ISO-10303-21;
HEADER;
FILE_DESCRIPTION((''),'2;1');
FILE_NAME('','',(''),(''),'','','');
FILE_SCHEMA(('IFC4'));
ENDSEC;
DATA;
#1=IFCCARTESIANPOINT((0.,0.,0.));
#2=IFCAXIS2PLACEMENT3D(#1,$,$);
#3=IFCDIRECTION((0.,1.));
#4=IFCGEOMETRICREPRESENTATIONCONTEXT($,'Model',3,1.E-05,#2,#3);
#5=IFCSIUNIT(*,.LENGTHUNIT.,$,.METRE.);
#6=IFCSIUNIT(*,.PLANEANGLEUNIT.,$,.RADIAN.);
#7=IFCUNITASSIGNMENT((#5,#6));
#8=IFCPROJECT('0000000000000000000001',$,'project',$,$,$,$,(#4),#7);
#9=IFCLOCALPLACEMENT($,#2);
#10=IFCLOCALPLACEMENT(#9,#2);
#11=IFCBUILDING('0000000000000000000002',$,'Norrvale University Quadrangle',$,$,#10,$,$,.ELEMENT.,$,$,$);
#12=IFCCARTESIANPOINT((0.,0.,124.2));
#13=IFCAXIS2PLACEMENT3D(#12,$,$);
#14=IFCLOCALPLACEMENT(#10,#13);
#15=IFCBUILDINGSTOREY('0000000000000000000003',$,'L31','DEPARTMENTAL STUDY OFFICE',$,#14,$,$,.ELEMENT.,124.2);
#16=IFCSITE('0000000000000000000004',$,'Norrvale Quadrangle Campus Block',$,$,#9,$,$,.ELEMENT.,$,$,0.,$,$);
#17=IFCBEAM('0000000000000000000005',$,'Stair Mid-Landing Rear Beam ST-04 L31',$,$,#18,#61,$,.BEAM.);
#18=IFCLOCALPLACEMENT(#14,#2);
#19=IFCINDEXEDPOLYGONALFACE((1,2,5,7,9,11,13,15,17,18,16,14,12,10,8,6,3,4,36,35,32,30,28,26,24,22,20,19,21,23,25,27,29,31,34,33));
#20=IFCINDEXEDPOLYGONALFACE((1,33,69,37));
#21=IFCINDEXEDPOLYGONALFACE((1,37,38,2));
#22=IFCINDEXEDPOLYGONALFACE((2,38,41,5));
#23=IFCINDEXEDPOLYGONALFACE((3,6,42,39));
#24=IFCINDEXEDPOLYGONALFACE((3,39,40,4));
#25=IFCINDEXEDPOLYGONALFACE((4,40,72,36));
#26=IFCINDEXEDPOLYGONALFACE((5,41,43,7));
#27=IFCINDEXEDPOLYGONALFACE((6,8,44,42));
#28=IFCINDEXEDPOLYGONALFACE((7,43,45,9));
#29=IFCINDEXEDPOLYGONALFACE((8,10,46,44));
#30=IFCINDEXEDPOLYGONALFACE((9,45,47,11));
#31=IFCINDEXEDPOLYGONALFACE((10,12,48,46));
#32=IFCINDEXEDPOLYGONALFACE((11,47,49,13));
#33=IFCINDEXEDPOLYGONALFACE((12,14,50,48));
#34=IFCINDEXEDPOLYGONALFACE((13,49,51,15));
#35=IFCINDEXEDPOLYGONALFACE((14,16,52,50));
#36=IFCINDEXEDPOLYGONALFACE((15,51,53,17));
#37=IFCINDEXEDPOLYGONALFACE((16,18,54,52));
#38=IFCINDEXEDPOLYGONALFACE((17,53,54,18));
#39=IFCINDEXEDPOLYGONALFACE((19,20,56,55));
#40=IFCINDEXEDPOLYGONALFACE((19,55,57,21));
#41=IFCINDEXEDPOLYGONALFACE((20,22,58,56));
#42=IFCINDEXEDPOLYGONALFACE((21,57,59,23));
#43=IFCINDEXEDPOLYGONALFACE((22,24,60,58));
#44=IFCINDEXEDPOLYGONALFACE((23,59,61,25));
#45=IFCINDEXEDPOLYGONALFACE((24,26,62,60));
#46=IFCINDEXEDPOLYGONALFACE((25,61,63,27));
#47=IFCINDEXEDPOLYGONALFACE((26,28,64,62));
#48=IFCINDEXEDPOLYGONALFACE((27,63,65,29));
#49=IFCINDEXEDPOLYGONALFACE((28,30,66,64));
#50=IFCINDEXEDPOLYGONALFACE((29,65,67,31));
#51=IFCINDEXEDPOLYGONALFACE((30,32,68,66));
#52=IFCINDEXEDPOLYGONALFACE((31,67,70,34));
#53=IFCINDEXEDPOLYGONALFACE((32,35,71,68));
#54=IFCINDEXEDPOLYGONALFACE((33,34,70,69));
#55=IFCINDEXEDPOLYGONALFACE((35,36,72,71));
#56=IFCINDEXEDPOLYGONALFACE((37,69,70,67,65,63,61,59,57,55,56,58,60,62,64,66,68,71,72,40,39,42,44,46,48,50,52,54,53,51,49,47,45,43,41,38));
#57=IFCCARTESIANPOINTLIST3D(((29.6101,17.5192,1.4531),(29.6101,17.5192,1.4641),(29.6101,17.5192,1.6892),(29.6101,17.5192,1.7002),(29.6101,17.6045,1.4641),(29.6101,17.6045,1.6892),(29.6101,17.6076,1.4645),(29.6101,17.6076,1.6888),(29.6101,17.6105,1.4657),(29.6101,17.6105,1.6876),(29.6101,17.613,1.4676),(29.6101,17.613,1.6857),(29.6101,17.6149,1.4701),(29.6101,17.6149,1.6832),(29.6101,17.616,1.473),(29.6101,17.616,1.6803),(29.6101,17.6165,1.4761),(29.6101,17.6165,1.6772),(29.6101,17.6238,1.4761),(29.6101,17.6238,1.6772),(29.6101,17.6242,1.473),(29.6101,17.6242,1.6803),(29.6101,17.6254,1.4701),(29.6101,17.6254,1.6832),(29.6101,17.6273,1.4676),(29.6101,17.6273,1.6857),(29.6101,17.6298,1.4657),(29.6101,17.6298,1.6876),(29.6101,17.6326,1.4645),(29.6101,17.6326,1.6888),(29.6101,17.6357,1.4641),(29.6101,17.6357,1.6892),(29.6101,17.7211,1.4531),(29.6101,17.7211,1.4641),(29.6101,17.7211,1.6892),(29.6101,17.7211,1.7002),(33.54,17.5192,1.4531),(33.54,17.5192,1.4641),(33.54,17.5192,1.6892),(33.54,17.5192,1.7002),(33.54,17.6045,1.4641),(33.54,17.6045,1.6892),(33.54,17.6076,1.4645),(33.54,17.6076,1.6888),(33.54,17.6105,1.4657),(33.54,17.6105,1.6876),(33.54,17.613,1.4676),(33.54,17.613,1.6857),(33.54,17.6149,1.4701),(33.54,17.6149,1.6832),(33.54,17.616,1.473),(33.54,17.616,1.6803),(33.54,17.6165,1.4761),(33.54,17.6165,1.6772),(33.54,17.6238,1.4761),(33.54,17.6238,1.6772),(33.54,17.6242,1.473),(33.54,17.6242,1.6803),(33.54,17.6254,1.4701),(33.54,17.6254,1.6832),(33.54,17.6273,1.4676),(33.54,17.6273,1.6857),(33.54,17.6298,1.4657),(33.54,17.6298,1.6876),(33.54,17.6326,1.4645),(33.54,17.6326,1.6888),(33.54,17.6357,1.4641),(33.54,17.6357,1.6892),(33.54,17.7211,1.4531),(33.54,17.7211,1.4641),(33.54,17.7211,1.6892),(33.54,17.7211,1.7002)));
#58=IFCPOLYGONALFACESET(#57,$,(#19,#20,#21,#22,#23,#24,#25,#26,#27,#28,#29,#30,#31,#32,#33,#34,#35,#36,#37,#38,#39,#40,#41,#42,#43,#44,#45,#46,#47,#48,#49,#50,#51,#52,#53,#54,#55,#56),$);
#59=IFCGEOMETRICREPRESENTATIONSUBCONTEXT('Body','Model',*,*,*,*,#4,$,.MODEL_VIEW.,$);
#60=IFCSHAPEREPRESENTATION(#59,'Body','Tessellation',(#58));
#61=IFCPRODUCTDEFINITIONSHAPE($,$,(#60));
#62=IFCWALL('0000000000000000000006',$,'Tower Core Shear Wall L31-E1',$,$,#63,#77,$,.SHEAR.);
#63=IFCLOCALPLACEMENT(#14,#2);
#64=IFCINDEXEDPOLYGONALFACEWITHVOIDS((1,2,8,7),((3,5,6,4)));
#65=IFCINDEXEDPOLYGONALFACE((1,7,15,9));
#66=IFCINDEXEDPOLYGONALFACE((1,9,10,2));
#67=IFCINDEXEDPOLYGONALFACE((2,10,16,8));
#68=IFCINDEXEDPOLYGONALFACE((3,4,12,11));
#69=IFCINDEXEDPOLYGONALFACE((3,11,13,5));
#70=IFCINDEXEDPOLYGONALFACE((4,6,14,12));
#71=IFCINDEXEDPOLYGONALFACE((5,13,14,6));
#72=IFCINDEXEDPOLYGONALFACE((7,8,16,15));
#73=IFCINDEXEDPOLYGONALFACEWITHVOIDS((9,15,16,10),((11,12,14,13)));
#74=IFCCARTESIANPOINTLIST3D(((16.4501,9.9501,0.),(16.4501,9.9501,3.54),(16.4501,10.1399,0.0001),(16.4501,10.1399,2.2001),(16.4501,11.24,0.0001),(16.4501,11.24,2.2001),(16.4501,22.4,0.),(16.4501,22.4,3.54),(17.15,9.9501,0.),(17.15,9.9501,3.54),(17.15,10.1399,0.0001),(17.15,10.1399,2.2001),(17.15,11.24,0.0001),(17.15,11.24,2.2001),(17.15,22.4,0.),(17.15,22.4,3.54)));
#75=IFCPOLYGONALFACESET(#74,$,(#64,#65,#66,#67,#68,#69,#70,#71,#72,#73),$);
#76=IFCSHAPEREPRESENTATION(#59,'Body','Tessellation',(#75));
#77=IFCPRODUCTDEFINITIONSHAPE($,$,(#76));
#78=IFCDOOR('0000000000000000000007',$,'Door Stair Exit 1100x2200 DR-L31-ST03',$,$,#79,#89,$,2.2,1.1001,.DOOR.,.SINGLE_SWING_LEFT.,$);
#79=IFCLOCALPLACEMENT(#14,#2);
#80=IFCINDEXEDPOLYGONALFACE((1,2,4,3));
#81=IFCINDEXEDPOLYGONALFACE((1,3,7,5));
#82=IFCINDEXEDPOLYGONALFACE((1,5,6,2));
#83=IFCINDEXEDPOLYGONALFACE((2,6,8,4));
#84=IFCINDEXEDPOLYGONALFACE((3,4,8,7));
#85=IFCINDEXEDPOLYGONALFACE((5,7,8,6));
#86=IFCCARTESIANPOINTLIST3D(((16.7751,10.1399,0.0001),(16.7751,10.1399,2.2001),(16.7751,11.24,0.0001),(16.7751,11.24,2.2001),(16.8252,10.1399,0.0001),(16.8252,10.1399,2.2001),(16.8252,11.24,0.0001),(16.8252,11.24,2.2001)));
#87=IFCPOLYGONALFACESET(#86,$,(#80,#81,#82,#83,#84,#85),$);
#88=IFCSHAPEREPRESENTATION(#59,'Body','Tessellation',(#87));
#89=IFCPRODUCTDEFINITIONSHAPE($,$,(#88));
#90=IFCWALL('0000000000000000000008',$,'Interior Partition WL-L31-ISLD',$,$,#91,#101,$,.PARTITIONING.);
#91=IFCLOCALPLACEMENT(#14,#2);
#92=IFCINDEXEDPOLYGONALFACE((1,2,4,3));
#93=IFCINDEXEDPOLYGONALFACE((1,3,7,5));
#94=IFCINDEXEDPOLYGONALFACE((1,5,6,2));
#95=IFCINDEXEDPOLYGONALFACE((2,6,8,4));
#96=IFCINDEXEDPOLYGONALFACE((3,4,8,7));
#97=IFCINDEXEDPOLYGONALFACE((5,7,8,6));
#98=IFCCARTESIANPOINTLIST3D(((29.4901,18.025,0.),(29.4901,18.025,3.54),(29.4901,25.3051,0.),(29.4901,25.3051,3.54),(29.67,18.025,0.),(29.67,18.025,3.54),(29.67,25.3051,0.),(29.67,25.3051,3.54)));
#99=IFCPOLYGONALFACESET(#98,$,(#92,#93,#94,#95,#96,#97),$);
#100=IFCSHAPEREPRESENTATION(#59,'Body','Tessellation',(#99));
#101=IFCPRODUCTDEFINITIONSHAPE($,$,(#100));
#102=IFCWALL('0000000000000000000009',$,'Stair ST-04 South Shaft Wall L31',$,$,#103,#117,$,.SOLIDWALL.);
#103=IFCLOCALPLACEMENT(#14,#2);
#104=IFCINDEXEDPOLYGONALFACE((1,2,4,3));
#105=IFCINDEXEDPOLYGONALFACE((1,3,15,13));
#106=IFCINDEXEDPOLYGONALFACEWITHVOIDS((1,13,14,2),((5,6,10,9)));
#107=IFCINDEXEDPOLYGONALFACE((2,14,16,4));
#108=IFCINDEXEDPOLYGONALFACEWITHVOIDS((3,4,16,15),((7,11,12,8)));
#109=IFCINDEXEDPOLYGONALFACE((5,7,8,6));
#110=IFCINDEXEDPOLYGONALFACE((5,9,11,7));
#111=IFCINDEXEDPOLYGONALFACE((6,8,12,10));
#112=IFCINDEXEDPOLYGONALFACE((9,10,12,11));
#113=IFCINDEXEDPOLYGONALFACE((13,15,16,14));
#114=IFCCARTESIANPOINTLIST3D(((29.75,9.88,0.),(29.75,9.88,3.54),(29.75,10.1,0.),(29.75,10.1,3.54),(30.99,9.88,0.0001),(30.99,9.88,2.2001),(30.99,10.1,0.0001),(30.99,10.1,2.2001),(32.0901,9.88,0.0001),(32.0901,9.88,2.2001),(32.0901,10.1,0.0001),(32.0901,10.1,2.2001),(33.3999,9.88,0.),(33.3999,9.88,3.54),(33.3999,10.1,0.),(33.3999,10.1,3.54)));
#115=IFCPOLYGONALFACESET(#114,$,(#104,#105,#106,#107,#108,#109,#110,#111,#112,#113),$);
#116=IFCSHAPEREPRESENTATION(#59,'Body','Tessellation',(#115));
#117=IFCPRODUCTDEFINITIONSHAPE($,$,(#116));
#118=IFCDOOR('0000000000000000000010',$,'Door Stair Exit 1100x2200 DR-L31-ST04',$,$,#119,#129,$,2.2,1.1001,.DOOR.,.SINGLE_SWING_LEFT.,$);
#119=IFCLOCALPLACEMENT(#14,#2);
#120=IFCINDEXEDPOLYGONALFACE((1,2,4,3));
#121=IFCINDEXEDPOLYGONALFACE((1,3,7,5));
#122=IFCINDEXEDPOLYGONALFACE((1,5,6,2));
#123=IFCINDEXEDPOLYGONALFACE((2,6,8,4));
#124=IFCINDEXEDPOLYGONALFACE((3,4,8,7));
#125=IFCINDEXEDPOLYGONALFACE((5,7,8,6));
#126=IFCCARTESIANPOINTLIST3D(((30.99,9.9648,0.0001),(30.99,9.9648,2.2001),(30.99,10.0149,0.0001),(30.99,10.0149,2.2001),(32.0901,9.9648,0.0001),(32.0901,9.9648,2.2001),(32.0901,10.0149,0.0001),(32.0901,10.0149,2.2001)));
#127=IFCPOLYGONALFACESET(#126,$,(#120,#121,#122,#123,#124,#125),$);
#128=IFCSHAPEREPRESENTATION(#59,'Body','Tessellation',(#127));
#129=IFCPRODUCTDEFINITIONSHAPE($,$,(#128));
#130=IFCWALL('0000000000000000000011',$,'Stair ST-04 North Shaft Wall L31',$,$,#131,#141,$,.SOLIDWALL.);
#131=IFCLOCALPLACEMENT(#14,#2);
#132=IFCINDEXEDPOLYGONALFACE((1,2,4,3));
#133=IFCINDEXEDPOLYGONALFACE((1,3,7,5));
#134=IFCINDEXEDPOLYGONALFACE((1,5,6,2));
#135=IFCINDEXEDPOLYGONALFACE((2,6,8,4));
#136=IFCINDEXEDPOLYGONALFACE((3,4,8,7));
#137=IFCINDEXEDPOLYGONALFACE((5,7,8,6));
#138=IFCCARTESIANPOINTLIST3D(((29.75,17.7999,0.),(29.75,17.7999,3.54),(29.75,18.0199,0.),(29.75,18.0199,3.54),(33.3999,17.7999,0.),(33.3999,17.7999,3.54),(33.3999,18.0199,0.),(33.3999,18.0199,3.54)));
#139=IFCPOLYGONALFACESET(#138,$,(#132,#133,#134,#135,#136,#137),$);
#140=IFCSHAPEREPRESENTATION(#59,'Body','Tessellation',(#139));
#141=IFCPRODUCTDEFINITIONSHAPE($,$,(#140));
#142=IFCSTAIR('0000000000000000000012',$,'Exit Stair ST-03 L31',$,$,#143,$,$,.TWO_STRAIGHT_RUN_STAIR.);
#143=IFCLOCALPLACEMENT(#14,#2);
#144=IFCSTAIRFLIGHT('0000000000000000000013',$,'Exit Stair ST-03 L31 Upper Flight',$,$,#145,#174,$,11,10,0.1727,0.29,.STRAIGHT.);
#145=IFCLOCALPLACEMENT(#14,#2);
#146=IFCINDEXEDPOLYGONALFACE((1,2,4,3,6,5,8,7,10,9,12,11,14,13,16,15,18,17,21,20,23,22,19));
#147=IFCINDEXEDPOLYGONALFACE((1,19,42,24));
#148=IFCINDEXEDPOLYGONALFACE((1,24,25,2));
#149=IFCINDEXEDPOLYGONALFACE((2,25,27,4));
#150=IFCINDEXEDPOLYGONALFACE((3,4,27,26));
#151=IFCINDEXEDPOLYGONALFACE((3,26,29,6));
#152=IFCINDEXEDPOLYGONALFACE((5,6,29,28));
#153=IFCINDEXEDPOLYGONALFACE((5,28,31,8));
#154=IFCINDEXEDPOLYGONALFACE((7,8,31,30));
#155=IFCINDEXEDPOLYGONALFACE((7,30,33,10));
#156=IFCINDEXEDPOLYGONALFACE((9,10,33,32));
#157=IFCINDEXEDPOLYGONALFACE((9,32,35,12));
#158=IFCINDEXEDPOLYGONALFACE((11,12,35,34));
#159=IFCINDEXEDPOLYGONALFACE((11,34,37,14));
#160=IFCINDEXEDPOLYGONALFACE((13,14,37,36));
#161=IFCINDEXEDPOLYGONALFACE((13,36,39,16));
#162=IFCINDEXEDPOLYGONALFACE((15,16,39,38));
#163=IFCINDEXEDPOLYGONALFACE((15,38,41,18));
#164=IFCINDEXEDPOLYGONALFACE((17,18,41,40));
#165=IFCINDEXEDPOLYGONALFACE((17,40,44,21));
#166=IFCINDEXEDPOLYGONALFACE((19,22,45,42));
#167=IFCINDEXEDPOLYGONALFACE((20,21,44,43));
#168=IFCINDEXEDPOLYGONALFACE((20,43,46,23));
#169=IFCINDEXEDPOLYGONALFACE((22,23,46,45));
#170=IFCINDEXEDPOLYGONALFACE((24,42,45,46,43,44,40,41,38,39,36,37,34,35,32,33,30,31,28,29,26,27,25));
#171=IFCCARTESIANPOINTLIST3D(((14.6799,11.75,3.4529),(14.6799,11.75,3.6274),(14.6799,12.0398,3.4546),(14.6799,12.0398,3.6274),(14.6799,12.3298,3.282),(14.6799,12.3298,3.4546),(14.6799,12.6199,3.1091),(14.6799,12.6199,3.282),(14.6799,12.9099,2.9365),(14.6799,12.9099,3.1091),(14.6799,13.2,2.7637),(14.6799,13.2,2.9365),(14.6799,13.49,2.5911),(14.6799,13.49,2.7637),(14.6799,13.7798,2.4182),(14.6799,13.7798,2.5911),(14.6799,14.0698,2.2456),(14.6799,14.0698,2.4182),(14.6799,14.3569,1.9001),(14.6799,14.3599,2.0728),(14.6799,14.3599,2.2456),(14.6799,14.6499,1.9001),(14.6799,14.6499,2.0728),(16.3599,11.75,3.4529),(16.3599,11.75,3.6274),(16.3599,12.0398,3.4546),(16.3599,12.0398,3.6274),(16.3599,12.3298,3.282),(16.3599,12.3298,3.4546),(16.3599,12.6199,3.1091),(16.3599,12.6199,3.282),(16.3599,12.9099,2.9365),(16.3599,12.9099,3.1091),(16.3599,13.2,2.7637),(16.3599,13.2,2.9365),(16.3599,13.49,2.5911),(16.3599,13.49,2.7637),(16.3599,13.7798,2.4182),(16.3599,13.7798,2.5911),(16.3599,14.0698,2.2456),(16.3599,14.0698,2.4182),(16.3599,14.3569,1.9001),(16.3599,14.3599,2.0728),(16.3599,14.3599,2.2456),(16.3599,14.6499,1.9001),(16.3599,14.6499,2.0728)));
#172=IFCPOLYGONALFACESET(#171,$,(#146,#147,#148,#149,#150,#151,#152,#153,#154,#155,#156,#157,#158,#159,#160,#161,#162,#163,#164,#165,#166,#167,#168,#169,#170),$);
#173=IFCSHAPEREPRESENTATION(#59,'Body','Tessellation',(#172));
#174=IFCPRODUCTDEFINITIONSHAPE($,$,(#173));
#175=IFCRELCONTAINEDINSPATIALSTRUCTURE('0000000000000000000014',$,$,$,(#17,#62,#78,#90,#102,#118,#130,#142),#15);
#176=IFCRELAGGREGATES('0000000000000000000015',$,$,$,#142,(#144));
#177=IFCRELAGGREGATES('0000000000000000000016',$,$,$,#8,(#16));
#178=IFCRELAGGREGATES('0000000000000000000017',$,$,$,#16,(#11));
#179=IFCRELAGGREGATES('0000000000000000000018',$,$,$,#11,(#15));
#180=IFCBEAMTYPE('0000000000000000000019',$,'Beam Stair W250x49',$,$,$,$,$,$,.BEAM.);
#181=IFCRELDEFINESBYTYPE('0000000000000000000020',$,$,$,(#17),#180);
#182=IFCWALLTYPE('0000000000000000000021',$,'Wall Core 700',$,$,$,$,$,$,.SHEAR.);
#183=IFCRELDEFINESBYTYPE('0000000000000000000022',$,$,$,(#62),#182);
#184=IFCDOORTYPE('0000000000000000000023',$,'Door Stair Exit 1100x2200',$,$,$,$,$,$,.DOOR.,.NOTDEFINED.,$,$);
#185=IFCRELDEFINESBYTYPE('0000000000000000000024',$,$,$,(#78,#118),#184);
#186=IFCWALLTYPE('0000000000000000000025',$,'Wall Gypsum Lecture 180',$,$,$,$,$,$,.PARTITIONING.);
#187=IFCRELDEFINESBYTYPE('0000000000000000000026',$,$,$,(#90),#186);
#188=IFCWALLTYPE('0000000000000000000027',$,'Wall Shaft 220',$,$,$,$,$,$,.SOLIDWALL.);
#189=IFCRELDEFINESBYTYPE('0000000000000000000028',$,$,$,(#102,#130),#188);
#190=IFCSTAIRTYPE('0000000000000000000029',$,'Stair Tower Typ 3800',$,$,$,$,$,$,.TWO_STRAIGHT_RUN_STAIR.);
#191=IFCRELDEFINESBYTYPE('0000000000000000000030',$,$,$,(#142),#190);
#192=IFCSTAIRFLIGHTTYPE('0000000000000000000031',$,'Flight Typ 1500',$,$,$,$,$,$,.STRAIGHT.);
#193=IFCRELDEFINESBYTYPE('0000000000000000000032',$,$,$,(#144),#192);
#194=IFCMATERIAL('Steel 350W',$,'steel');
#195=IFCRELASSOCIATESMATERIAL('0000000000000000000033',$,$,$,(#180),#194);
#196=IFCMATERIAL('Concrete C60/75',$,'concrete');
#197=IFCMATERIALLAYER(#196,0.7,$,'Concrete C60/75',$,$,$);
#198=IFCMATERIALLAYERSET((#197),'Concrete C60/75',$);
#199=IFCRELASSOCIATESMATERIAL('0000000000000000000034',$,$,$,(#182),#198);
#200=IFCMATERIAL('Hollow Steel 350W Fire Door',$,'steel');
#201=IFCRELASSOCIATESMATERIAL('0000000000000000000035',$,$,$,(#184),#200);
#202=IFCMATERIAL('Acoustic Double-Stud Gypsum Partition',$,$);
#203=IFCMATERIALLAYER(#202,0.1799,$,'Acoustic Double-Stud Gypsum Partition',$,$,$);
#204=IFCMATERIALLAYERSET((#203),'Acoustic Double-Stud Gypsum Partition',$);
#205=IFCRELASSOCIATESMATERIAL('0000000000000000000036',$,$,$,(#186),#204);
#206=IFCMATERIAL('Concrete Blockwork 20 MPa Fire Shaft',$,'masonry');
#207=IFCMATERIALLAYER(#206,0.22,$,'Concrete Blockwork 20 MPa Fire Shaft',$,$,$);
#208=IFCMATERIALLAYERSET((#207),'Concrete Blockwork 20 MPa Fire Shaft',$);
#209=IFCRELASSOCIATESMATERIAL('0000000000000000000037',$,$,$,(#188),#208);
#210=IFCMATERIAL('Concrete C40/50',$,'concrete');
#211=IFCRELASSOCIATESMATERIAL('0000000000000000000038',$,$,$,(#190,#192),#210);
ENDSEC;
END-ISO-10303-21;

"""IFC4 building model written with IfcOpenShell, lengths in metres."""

from ifc_helpers import new_model, si_unit, direction, frame, frame_2d, origin, origin_2d, place, context, subcontext, project, spatial, polyline, rectangle, i_section, outline, extrude, material, layer, layer_set, material_profile, profile_set, type_object, element, fill, aggregate, save


model = new_model("IFC4")

# Units and contexts
model_context = context("Model", 3, precision=1e-05, world=origin(), true_north=direction((0.0, 1.0)))
body_context = subcontext(model_context, "Body", "Model", "MODEL_VIEW")
ifc_project = project(units=[si_unit("LENGTHUNIT", "METRE"), si_unit("PLANEANGLEUNIT", "RADIAN")], contexts=[model_context])

# Site, building, storey
site_placement = place(None, origin())
site = spatial("IfcSite", under=ifc_project, at=site_placement, Name="Norrvale Quadrangle Campus Block", CompositionType="ELEMENT", RefElevation=0.0)
building_placement = place(site_placement, origin())
building = spatial("IfcBuilding", under=site, at=building_placement, Name="Norrvale University Quadrangle", CompositionType="ELEMENT")
storey_placement = place(building_placement, frame((0.0, 0.0, 124.2)))
storey = spatial("IfcBuildingStorey", under=building, at=storey_placement, Name="L31", Description="DEPARTMENTAL STUDY OFFICE", CompositionType="ELEMENT", Elevation=124.2)

# Shared definitions
ifc_material_1 = material(Name="Concrete C60/75", Category="concrete")

# Beam
ifc_material_2 = material(Name="Steel 350W", Category="steel")
ifc_material_profile_1 = material_profile(ifc_material_2, i_section(OverallWidth=0.2019, OverallDepth=0.2471, WebThickness=0.0073, FlangeThickness=0.011, FilletRadius=0.012, at=origin_2d()), Name="Steel 350W")
ifc_profile_set_1 = profile_set([ifc_material_profile_1], Name="Steel 350W")
beam_type_1 = type_object("IfcBeamType", Name="Beam Stair W250x49", PredefinedType="BEAM", material=ifc_profile_set_1)
for number, where, z_axis, x_axis, name in (
    (1, (29.6101, 17.6201, 1.5767), (1.0, 0.0, 0.0), (0.0, 1.0, 0.0), "Stair Mid-Landing Rear Beam ST-04 L31"),
):
    element("IfcBeam", number, at=place(storey_placement, frame(where, z_axis=z_axis, x_axis=x_axis)), inside=storey, type_object=beam_type_1, Name=name, PredefinedType="BEAM", context=body_context, shape_type="SweptSolid", body=[
        extrude(i_section(OverallWidth=0.2019, OverallDepth=0.2471, WebThickness=0.0073, FlangeThickness=0.011, FilletRadius=0.012, at=origin_2d()), origin(), (0.0, 0.0, 1.0), 3.9299),
    ])

# Wall, opening, door
ifc_layer_1 = layer(ifc_material_1, 0.7, Name="Concrete C60/75")
ifc_layer_set_1 = layer_set([ifc_layer_1], Name="Concrete C60/75")
wall_type_1 = type_object("IfcWallType", Name="Wall Core 700", PredefinedType="SHEAR", material=ifc_layer_set_1)
wall_1_placement = place(storey_placement, frame((16.8, 9.95, 0.0), z_axis=(0.0, 0.0, 1.0), x_axis=(0.0, 1.0, 0.0)))
wall_1 = element("IfcWall", 2, at=wall_1_placement, inside=storey, type_object=wall_type_1, Name="Tower Core Shear Wall L31-E1", PredefinedType="SHEAR", context=body_context, shape_type="SweptSolid", body=[
    extrude(rectangle(XDim=12.45, YDim=0.7, at=frame_2d((6.2251, 0.0))), origin(), (0.0, 0.0, 1.0), 3.54),
])
opening_1_placement = place(wall_1_placement, frame((0.1899, 0.0, 0.0)))
opening_1 = element("IfcOpeningElement", 3, at=opening_1_placement, cuts=wall_1, PredefinedType="OPENING", context=body_context, shape_type="SweptSolid", body=[
    extrude(rectangle(XDim=1.1001, YDim=2.2, at=frame_2d((0.55, 1.1001))), frame((0.0, 0.3621, 0.0), z_axis=(0.0, -1.0, 0.0), x_axis=(1.0, 0.0, 0.0)), (0.0, 0.0, 1.0), 0.7239),
])
ifc_material_3 = material(Name="Hollow Steel 350W Fire Door", Category="steel")
door_type = type_object("IfcDoorType", Name="Door Stair Exit 1100x2200", OperationType="NOTDEFINED", PredefinedType="DOOR", material=ifc_material_3)
door_1_placement = place(opening_1_placement, origin())
door_1 = element("IfcDoor", 4, at=door_1_placement, inside=storey, type_object=door_type, Name="Door Stair Exit 1100x2200 DR-L31-ST03", OperationType="SINGLE_SWING_LEFT", OverallHeight=2.2, OverallWidth=1.1001, PredefinedType="DOOR", context=body_context, shape_type="SweptSolid", body=[
    extrude(rectangle(XDim=1.1001, YDim=2.2, at=frame_2d((0.55, 1.1001))), frame((0.0, 0.0249, 0.0), z_axis=(0.0, -1.0, 0.0), x_axis=(1.0, 0.0, 0.0)), (0.0, 0.0, 1.0), 0.05),
])
fill(opening_1, door_1)

# Wall
ifc_material_4 = material(Name="Acoustic Double-Stud Gypsum Partition")
ifc_layer_2 = layer(ifc_material_4, 0.1799, Name="Acoustic Double-Stud Gypsum Partition")
ifc_layer_set_2 = layer_set([ifc_layer_2], Name="Acoustic Double-Stud Gypsum Partition")
wall_type_2 = type_object("IfcWallType", Name="Wall Gypsum Lecture 180", PredefinedType="PARTITIONING", material=ifc_layer_set_2)
wall_2_placement = place(storey_placement, frame((29.5801, 18.0249, 0.0), z_axis=(0.0, 0.0, 1.0), x_axis=(0.0, 1.0, 0.0)))
element("IfcWall", 5, at=wall_2_placement, inside=storey, type_object=wall_type_2, Name="Interior Partition WL-L31-ISLD", PredefinedType="PARTITIONING", context=body_context, shape_type="SweptSolid", body=[
    extrude(rectangle(XDim=7.28, YDim=0.1799, at=frame_2d((3.6401, 0.0))), origin(), (0.0, 0.0, 1.0), 3.54),
])

# Wall, opening, door
ifc_material_5 = material(Name="Concrete Blockwork 20 MPa Fire Shaft", Category="masonry")
ifc_layer_3 = layer(ifc_material_5, 0.22, Name="Concrete Blockwork 20 MPa Fire Shaft")
ifc_layer_set_3 = layer_set([ifc_layer_3], Name="Concrete Blockwork 20 MPa Fire Shaft")
wall_type_3 = type_object("IfcWallType", Name="Wall Shaft 220", PredefinedType="SOLIDWALL", material=ifc_layer_set_3)
wall_3_placement = place(storey_placement, frame((29.75, 9.99, 0.0), z_axis=(0.0, 0.0, 1.0), x_axis=(1.0, 0.0, 0.0)))
wall_3 = element("IfcWall", 6, at=wall_3_placement, inside=storey, type_object=wall_type_3, Name="Stair ST-04 South Shaft Wall L31", PredefinedType="SOLIDWALL", context=body_context, shape_type="SweptSolid", body=[
    extrude(rectangle(XDim=3.6499, YDim=0.22, at=frame_2d((1.825, 0.0))), origin(), (0.0, 0.0, 1.0), 3.54),
])
opening_2_placement = place(wall_3_placement, frame((1.24, 0.0, 0.0)))
opening_2 = element("IfcOpeningElement", 7, at=opening_2_placement, cuts=wall_3, PredefinedType="OPENING", context=body_context, shape_type="SweptSolid", body=[
    extrude(rectangle(XDim=1.1001, YDim=2.2, at=frame_2d((0.55, 1.1001))), frame((0.0, 0.1221, 0.0), z_axis=(0.0, -1.0, 0.0), x_axis=(1.0, 0.0, 0.0)), (0.0, 0.0, 1.0), 0.2439),
])
door_2_placement = place(opening_2_placement, origin())
door_2 = element("IfcDoor", 8, at=door_2_placement, inside=storey, type_object=door_type, Name="Door Stair Exit 1100x2200 DR-L31-ST04", OperationType="SINGLE_SWING_LEFT", OverallHeight=2.2, OverallWidth=1.1001, PredefinedType="DOOR", context=body_context, shape_type="SweptSolid", body=[
    extrude(rectangle(XDim=1.1001, YDim=2.2, at=frame_2d((0.55, 1.1001))), frame((0.0, 0.0249, 0.0), z_axis=(0.0, -1.0, 0.0), x_axis=(1.0, 0.0, 0.0)), (0.0, 0.0, 1.0), 0.05),
])
fill(opening_2, door_2)

# Wall
wall_4_placement = place(storey_placement, frame((29.75, 17.9099, 0.0), z_axis=(0.0, 0.0, 1.0), x_axis=(1.0, 0.0, 0.0)))
element("IfcWall", 9, at=wall_4_placement, inside=storey, type_object=wall_type_3, Name="Stair ST-04 North Shaft Wall L31", PredefinedType="SOLIDWALL", context=body_context, shape_type="SweptSolid", body=[
    extrude(rectangle(XDim=3.6499, YDim=0.22, at=frame_2d((1.825, 0.0))), origin(), (0.0, 0.0, 1.0), 3.54),
])

# Stair, stair flight
ifc_material_6 = material(Name="Concrete C40/50", Category="concrete")
stair_type = type_object("IfcStairType", Name="Stair Tower Typ 3800", PredefinedType="TWO_STRAIGHT_RUN_STAIR", material=ifc_material_6)
stair_1_placement = place(storey_placement, origin())
stair_1 = element("IfcStair", 10, at=stair_1_placement, inside=storey, type_object=stair_type, Name="Exit Stair ST-03 L31", PredefinedType="TWO_STRAIGHT_RUN_STAIR")
stair_flight_type = type_object("IfcStairFlightType", Name="Flight Typ 1500", PredefinedType="STRAIGHT", material=ifc_material_6)
stair_flight_1_placement = place(storey_placement, frame((15.52, 14.6499, 1.9001), z_axis=(0.0, 0.0, 1.0), x_axis=(0.0, -1.0, 0.0)))
stair_flight_1 = element("IfcStairFlight", 11, at=stair_flight_1_placement, type_object=stair_flight_type, Name="Exit Stair ST-03 L31 Upper Flight", NumberOfRisers=11, NumberOfTreads=10, PredefinedType="STRAIGHT", RiserHeight=0.1727, TreadLength=0.29, context=body_context, shape_type="SweptSolid", body=[
    extrude(outline(polyline([(0.0, 0.0), (0.0, 0.1726), (0.29, 0.1726), (0.29, 0.3455), (0.5801, 0.3455), (0.5801, 0.5181), (0.8701, 0.5181), (0.8701, 0.6909), (1.1599, 0.6909), (1.1599, 0.8635), (1.45, 0.8635), (1.45, 1.0364), (1.74, 1.0364), (1.74, 1.209), (2.03, 1.209), (2.03, 1.3818), (2.3201, 1.3818), (2.3201, 1.5544), (2.6101, 1.5544), (2.6101, 1.7273), (2.8999, 1.7273), (2.8999, 1.8999), (2.8999, 1.5527), (0.293, 0.0), (0.0, 0.0)])), frame((0.0, 0.8398, 0.0), z_axis=(0.0, -1.0, 0.0), x_axis=(1.0, 0.0, 0.0)), (0.0, 0.0, 1.0), 1.6799),
])
aggregate(stair_1, [stair_flight_1])

save(model, "model.ifc")
